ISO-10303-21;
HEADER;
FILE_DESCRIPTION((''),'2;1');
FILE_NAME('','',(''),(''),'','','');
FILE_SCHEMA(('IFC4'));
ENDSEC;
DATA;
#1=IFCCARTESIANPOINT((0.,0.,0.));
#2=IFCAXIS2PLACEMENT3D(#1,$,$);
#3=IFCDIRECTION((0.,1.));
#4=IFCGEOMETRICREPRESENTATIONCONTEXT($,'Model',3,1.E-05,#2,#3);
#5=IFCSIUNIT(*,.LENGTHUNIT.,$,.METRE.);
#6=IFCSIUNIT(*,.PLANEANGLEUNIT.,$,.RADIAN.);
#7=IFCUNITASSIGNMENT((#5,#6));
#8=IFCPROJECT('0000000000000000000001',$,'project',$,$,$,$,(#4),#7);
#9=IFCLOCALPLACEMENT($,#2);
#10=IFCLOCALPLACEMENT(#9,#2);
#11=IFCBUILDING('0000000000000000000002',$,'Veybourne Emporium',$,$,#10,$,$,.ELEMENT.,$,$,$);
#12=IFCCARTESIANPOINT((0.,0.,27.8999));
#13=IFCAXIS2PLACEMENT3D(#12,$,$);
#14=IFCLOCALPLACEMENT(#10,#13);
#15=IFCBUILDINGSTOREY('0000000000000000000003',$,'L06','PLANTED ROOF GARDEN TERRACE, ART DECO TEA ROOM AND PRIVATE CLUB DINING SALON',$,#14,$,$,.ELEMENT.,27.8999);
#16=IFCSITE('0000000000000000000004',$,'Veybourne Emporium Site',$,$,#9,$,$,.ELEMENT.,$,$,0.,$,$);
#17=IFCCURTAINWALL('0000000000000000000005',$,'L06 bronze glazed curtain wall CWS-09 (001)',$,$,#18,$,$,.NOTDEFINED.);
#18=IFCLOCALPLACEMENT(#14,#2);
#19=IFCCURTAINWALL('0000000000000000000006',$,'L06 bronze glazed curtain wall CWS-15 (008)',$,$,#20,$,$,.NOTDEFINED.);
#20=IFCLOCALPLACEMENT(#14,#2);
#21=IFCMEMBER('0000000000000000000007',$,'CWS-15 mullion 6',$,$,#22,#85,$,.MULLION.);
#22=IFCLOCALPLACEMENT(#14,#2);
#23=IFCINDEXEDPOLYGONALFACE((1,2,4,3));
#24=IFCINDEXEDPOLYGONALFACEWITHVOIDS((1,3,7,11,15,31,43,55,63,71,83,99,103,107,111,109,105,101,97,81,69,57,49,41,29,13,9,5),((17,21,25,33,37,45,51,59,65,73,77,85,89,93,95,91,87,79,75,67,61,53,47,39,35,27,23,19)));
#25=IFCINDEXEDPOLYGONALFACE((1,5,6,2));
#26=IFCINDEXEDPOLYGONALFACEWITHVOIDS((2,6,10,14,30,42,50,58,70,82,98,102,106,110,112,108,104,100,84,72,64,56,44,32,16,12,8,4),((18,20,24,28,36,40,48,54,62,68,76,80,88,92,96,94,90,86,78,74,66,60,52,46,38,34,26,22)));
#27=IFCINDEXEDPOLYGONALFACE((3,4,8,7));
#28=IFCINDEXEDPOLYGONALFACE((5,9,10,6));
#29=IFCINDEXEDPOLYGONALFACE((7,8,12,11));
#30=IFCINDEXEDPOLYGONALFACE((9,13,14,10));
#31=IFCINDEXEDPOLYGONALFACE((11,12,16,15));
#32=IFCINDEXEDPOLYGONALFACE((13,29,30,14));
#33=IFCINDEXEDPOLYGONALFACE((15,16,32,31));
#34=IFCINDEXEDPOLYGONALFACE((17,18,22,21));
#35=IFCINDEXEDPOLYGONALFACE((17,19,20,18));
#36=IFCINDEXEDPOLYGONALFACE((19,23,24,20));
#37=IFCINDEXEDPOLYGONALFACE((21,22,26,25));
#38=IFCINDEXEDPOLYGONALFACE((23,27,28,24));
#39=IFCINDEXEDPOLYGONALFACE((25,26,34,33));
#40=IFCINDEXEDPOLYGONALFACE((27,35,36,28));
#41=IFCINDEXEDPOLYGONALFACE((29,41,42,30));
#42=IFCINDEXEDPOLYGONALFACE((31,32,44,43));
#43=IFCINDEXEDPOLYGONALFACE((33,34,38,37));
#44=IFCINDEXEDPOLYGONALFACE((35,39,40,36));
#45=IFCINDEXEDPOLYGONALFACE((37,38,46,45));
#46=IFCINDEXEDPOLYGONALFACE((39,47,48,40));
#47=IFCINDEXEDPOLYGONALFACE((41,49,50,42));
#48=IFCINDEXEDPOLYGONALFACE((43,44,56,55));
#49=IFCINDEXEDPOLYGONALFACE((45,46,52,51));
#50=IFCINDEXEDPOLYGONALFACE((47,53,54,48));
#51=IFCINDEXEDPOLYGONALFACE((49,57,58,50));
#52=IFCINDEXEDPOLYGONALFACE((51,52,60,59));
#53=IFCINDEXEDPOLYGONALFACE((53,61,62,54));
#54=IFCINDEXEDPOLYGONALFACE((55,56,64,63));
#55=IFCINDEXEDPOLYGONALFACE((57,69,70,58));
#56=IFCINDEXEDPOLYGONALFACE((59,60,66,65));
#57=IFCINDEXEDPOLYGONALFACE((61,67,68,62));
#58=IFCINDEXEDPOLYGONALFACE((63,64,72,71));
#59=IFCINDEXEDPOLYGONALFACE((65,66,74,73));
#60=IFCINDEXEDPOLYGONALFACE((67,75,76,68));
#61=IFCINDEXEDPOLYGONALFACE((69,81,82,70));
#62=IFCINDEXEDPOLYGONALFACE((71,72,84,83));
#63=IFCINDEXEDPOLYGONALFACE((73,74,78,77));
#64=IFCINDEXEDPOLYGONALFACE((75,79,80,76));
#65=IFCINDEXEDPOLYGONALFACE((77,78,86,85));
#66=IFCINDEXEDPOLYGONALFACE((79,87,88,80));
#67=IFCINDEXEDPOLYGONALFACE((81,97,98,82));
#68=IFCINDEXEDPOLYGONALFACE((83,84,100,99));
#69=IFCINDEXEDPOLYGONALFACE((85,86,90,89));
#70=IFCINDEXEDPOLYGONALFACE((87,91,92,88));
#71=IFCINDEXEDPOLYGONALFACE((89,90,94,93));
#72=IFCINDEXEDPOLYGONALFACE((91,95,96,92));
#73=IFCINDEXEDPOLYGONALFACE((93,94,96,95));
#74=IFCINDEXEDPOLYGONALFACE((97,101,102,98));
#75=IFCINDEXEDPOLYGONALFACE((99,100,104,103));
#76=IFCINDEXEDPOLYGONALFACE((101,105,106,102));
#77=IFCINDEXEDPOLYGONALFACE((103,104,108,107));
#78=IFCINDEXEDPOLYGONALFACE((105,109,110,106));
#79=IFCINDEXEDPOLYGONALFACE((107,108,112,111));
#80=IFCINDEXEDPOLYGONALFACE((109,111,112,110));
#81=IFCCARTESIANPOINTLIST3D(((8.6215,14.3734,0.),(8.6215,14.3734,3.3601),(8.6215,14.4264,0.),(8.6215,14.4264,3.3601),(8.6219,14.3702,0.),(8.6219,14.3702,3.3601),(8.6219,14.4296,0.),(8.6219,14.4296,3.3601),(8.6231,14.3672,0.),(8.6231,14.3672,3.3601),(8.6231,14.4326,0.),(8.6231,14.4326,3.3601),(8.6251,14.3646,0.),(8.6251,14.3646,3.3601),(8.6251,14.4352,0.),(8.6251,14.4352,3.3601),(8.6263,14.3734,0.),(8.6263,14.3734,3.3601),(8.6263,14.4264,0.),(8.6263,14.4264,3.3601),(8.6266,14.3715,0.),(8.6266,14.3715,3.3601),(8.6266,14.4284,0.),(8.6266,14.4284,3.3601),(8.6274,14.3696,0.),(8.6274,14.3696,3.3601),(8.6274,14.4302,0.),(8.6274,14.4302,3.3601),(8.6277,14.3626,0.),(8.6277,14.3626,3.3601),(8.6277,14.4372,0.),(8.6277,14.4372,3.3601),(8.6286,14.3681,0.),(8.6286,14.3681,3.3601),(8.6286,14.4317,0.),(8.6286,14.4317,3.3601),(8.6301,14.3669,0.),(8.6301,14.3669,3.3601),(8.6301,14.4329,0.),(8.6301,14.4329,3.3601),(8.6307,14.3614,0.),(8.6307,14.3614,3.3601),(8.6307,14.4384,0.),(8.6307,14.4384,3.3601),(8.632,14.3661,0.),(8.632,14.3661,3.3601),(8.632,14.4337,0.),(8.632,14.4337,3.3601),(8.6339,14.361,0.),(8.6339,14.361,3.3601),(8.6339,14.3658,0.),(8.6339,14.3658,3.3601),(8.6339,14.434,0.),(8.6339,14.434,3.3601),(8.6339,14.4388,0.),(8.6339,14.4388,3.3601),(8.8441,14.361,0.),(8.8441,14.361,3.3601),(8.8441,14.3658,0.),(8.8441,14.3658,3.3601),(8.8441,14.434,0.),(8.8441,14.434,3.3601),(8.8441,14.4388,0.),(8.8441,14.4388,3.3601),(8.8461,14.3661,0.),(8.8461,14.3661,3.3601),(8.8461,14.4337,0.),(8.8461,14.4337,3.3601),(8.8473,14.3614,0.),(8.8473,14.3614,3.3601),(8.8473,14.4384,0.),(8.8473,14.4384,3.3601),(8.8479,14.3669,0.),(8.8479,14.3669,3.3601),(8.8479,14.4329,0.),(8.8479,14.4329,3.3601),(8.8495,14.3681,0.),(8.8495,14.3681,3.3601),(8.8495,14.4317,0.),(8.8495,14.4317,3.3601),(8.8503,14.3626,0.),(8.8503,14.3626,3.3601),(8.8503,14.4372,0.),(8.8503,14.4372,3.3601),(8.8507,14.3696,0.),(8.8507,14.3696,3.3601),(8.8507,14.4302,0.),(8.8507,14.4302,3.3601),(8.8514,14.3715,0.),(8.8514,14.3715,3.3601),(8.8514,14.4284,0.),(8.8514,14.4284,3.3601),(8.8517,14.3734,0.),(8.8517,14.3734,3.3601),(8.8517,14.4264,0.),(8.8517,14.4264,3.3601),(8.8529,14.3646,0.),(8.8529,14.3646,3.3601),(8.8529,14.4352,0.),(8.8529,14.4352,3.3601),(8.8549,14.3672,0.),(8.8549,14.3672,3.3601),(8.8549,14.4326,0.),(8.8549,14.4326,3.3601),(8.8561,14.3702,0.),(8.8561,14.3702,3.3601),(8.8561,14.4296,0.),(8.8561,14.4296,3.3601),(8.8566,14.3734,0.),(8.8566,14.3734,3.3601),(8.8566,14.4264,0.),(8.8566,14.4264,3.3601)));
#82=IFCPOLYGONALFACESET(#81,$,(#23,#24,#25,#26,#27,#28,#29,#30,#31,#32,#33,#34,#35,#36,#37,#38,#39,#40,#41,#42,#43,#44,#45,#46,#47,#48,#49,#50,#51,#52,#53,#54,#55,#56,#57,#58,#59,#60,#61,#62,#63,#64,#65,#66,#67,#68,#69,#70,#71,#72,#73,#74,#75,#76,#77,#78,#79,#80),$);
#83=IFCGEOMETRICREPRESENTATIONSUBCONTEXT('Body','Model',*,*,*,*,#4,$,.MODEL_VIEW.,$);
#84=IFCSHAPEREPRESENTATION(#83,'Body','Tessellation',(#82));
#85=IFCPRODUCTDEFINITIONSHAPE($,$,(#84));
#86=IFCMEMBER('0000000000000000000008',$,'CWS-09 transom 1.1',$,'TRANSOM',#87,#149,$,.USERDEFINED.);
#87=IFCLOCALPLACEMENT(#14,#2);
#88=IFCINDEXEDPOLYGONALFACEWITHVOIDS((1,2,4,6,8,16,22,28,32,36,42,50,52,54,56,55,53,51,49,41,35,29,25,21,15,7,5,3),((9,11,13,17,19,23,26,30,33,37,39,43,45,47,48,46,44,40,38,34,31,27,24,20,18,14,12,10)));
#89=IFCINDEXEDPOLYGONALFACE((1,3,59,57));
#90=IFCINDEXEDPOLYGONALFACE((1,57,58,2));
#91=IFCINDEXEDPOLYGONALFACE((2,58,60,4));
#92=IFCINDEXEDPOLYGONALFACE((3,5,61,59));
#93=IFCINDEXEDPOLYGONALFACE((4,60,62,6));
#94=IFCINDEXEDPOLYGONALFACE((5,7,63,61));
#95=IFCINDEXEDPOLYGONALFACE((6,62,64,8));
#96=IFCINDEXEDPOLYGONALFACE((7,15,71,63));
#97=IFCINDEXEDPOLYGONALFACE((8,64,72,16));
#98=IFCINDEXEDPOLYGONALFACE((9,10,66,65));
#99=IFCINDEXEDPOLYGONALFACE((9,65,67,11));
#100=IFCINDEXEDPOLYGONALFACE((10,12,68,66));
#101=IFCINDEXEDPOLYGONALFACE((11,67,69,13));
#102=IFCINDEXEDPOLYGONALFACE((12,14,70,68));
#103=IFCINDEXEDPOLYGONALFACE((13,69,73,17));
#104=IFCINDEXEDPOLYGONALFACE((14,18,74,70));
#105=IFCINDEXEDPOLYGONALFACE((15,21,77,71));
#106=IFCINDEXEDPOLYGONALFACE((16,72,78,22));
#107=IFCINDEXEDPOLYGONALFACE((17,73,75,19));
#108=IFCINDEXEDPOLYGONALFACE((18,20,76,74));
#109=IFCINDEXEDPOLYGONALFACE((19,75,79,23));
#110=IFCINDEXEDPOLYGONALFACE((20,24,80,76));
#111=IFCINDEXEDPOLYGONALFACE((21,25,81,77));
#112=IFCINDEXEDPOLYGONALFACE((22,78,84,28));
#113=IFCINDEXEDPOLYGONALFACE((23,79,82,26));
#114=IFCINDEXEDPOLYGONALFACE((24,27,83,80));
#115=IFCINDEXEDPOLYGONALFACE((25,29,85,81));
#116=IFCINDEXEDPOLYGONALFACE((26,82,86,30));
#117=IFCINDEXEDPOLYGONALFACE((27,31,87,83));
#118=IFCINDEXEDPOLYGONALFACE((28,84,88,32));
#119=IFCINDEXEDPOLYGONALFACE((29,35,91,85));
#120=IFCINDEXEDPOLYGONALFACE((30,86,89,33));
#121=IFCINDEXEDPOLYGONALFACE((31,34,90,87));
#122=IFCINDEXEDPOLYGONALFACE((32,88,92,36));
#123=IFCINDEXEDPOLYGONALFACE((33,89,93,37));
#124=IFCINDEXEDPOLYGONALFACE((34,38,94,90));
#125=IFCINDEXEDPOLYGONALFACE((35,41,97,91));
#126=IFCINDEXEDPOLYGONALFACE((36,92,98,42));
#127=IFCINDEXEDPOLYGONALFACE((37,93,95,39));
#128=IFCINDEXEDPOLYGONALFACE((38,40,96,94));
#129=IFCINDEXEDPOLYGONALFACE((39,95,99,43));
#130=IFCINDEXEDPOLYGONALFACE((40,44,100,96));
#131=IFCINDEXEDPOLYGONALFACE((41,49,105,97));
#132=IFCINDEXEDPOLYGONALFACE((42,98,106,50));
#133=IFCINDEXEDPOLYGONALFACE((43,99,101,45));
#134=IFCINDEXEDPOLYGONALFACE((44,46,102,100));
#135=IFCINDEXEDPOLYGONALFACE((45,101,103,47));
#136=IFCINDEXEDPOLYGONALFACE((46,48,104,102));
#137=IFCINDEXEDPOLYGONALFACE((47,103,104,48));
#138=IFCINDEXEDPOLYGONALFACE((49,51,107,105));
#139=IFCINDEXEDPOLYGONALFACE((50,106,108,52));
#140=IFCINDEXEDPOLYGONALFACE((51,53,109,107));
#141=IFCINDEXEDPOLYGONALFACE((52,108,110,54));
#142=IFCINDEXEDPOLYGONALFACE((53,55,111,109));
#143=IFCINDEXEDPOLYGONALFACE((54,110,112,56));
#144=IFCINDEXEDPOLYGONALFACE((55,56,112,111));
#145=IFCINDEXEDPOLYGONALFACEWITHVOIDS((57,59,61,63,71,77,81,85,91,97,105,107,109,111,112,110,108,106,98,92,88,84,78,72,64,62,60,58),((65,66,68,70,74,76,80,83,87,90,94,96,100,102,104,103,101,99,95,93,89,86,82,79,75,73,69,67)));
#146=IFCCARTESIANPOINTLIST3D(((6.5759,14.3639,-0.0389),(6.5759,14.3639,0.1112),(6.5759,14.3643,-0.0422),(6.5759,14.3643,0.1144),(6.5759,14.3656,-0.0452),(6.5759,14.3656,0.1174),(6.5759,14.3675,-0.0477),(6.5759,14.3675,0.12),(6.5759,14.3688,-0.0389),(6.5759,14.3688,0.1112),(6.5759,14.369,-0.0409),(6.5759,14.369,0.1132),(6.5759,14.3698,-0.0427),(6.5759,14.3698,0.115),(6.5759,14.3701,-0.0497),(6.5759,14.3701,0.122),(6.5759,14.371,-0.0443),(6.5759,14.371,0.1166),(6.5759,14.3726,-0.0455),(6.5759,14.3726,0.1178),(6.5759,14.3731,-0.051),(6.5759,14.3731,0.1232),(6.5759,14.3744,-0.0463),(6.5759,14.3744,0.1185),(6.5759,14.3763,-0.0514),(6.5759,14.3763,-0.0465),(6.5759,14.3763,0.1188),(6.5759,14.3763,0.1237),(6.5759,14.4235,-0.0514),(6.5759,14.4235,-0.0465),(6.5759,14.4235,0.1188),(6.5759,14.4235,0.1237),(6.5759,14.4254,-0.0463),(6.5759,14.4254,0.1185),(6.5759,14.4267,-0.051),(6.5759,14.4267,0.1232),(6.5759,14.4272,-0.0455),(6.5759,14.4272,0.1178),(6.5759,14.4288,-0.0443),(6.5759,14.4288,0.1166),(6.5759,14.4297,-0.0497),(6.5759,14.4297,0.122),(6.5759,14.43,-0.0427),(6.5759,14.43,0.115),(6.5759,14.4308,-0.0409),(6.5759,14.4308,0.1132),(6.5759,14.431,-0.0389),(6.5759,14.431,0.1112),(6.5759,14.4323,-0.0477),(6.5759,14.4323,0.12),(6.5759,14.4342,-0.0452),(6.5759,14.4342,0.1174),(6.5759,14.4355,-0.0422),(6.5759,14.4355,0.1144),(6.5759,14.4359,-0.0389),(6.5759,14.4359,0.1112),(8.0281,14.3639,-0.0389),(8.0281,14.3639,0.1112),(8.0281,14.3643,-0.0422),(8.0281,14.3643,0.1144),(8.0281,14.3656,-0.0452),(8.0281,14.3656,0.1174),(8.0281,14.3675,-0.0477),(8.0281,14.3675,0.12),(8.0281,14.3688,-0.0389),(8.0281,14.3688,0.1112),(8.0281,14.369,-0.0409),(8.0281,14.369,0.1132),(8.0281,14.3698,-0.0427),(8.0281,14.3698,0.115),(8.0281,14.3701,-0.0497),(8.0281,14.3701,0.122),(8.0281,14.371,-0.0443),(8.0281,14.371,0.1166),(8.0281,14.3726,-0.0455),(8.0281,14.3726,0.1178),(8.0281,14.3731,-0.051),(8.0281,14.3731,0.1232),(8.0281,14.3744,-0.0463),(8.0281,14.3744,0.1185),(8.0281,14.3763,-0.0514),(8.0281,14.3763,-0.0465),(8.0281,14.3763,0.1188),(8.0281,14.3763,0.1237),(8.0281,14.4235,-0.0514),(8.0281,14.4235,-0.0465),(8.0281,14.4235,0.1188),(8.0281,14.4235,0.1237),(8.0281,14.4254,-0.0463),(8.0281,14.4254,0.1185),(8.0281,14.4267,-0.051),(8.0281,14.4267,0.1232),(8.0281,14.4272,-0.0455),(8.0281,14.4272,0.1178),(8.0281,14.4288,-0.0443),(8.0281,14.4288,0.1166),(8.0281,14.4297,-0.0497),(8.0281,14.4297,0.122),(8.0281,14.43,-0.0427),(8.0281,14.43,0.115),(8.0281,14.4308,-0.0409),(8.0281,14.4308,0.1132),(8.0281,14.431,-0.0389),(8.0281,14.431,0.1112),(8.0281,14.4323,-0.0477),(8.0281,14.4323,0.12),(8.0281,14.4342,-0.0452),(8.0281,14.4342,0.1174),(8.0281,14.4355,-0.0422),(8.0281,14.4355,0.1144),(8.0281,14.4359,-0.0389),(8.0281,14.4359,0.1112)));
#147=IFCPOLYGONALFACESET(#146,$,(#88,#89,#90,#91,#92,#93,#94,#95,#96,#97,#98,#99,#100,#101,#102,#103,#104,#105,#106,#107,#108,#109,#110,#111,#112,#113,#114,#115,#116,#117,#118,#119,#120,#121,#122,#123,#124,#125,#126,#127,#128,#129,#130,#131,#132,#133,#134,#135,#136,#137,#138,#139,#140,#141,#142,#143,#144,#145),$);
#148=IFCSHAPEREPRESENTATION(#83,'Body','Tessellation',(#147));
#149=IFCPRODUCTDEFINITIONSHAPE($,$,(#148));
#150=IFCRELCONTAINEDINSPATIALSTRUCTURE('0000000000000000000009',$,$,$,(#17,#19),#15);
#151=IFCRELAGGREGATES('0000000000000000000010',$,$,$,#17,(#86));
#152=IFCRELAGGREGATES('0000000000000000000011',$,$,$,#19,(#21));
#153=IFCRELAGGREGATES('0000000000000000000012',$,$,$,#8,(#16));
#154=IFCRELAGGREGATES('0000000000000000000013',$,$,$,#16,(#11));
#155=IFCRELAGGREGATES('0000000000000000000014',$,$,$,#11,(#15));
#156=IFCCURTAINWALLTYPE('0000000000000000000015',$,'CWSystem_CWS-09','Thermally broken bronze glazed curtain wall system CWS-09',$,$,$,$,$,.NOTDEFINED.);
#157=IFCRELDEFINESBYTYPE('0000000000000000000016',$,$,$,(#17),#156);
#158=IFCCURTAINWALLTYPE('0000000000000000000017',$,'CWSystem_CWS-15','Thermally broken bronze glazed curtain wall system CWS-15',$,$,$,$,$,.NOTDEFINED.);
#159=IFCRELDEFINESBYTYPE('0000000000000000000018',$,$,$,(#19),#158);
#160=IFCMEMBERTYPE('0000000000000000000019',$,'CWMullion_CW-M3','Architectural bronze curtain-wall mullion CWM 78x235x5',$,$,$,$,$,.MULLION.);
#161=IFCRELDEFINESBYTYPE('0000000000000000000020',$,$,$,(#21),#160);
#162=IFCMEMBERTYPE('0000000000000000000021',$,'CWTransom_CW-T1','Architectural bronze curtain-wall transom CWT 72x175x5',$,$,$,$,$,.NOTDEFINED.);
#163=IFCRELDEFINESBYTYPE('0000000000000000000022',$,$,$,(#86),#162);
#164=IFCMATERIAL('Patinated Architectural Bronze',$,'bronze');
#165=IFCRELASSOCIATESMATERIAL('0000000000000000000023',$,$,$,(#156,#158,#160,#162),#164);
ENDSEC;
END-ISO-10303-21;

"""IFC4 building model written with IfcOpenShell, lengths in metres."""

from ifc_helpers import new_model, si_unit, direction, frame, origin, origin_2d, place, context, subcontext, project, spatial, hollow_rectangle, extrude, material, material_profile, profile_set, type_object, element, aggregate, save


model = new_model("IFC4")

# Units and contexts
model_context = context("Model", 3, precision=1e-05, world=origin(), true_north=direction((0.0, 1.0)))
body_context = subcontext(model_context, "Body", "Model", "MODEL_VIEW")
ifc_project = project(units=[si_unit("LENGTHUNIT", "METRE"), si_unit("PLANEANGLEUNIT", "RADIAN")], contexts=[model_context])

# Site, building, storey
site_placement = place(None, origin())
site = spatial("IfcSite", under=ifc_project, at=site_placement, Name="Veybourne Emporium Site", CompositionType="ELEMENT", RefElevation=0.0)
building_placement = place(site_placement, origin())
building = spatial("IfcBuilding", under=site, at=building_placement, Name="Veybourne Emporium", CompositionType="ELEMENT")
storey_placement = place(building_placement, frame((0.0, 0.0, 27.8999)))
storey = spatial("IfcBuildingStorey", under=building, at=storey_placement, Name="L06", Description="PLANTED ROOF GARDEN TERRACE, ART DECO TEA ROOM AND PRIVATE CLUB DINING SALON", CompositionType="ELEMENT", Elevation=27.8999)

# Curtain wall
ifc_material_1 = material(Name="Patinated Architectural Bronze", Category="bronze")
curtain_wall_type_1 = type_object("IfcCurtainWallType", Name="CWSystem_CWS-09", Description="Thermally broken bronze glazed curtain wall system CWS-09", PredefinedType="NOTDEFINED", material=ifc_material_1)
curtain_wall_1_placement = place(storey_placement, origin())
curtain_wall_1 = element("IfcCurtainWall", 1, at=curtain_wall_1_placement, inside=storey, type_object=curtain_wall_type_1, Name="L06 bronze glazed curtain wall CWS-09 (001)", PredefinedType="NOTDEFINED")

# Curtain wall, member
ifc_material_profile_1 = material_profile(ifc_material_1, hollow_rectangle(XDim=0.0779, YDim=0.2351, WallThickness=0.0049, InnerFilletRadius=0.0076, OuterFilletRadius=0.0125, at=origin_2d()), Name="CWM 78x235x5")
ifc_profile_set_1 = profile_set([ifc_material_profile_1], Name="Patinated Architectural Bronze")
member_type_1 = type_object("IfcMemberType", Name="CWMullion_CW-M3", Description="Architectural bronze curtain-wall mullion CWM 78x235x5", PredefinedType="MULLION", material=ifc_profile_set_1)
curtain_wall_type_2 = type_object("IfcCurtainWallType", Name="CWSystem_CWS-15", Description="Thermally broken bronze glazed curtain wall system CWS-15", PredefinedType="NOTDEFINED", material=ifc_material_1)
curtain_wall_2_placement = place(storey_placement, origin())
curtain_wall_2 = element("IfcCurtainWall", 2, at=curtain_wall_2_placement, inside=storey, type_object=curtain_wall_type_2, Name="L06 bronze glazed curtain wall CWS-15 (008)", PredefinedType="NOTDEFINED")
member_1_placement = place(storey_placement, frame((8.739, 14.3999, 0.0), z_axis=(0.0, 0.0, 1.0), x_axis=(0.0, -1.0, 0.0)))
member_1 = element("IfcMember", 3, at=member_1_placement, type_object=member_type_1, Name="CWS-15 mullion 6", PredefinedType="MULLION", context=body_context, shape_type="SweptSolid", body=[
    extrude(hollow_rectangle(XDim=0.0779, YDim=0.2351, WallThickness=0.0049, InnerFilletRadius=0.0076, OuterFilletRadius=0.0125, at=origin_2d()), origin(), (0.0, 0.0, 1.0), 3.3601),
])

# Member
ifc_material_profile_2 = material_profile(ifc_material_1, hollow_rectangle(XDim=0.072, YDim=0.175, WallThickness=0.0049, InnerFilletRadius=0.0076, OuterFilletRadius=0.0125, at=origin_2d()), Name="CWT 72x175x5")
ifc_profile_set_2 = profile_set([ifc_material_profile_2], Name="Patinated Architectural Bronze")
member_type_2 = type_object("IfcMemberType", Name="CWTransom_CW-T1", Description="Architectural bronze curtain-wall transom CWT 72x175x5", PredefinedType="NOTDEFINED", material=ifc_profile_set_2)
member_2_placement = place(storey_placement, frame((8.0281, 14.3999, 0.0361), z_axis=(-1.0, 0.0, 0.0), x_axis=(0.0, -1.0, 0.0)))
member_2 = element("IfcMember", 4, at=member_2_placement, type_object=member_type_2, Name="CWS-09 transom 1.1", ObjectType="TRANSOM", PredefinedType="USERDEFINED", context=body_context, shape_type="SweptSolid", body=[
    extrude(hollow_rectangle(XDim=0.072, YDim=0.175, WallThickness=0.0049, InnerFilletRadius=0.0076, OuterFilletRadius=0.0125, at=origin_2d()), origin(), (0.0, 0.0, 1.0), 1.4521),
])

aggregate(curtain_wall_1, [member_2])
aggregate(curtain_wall_2, [member_1])

save(model, "model.ifc")
